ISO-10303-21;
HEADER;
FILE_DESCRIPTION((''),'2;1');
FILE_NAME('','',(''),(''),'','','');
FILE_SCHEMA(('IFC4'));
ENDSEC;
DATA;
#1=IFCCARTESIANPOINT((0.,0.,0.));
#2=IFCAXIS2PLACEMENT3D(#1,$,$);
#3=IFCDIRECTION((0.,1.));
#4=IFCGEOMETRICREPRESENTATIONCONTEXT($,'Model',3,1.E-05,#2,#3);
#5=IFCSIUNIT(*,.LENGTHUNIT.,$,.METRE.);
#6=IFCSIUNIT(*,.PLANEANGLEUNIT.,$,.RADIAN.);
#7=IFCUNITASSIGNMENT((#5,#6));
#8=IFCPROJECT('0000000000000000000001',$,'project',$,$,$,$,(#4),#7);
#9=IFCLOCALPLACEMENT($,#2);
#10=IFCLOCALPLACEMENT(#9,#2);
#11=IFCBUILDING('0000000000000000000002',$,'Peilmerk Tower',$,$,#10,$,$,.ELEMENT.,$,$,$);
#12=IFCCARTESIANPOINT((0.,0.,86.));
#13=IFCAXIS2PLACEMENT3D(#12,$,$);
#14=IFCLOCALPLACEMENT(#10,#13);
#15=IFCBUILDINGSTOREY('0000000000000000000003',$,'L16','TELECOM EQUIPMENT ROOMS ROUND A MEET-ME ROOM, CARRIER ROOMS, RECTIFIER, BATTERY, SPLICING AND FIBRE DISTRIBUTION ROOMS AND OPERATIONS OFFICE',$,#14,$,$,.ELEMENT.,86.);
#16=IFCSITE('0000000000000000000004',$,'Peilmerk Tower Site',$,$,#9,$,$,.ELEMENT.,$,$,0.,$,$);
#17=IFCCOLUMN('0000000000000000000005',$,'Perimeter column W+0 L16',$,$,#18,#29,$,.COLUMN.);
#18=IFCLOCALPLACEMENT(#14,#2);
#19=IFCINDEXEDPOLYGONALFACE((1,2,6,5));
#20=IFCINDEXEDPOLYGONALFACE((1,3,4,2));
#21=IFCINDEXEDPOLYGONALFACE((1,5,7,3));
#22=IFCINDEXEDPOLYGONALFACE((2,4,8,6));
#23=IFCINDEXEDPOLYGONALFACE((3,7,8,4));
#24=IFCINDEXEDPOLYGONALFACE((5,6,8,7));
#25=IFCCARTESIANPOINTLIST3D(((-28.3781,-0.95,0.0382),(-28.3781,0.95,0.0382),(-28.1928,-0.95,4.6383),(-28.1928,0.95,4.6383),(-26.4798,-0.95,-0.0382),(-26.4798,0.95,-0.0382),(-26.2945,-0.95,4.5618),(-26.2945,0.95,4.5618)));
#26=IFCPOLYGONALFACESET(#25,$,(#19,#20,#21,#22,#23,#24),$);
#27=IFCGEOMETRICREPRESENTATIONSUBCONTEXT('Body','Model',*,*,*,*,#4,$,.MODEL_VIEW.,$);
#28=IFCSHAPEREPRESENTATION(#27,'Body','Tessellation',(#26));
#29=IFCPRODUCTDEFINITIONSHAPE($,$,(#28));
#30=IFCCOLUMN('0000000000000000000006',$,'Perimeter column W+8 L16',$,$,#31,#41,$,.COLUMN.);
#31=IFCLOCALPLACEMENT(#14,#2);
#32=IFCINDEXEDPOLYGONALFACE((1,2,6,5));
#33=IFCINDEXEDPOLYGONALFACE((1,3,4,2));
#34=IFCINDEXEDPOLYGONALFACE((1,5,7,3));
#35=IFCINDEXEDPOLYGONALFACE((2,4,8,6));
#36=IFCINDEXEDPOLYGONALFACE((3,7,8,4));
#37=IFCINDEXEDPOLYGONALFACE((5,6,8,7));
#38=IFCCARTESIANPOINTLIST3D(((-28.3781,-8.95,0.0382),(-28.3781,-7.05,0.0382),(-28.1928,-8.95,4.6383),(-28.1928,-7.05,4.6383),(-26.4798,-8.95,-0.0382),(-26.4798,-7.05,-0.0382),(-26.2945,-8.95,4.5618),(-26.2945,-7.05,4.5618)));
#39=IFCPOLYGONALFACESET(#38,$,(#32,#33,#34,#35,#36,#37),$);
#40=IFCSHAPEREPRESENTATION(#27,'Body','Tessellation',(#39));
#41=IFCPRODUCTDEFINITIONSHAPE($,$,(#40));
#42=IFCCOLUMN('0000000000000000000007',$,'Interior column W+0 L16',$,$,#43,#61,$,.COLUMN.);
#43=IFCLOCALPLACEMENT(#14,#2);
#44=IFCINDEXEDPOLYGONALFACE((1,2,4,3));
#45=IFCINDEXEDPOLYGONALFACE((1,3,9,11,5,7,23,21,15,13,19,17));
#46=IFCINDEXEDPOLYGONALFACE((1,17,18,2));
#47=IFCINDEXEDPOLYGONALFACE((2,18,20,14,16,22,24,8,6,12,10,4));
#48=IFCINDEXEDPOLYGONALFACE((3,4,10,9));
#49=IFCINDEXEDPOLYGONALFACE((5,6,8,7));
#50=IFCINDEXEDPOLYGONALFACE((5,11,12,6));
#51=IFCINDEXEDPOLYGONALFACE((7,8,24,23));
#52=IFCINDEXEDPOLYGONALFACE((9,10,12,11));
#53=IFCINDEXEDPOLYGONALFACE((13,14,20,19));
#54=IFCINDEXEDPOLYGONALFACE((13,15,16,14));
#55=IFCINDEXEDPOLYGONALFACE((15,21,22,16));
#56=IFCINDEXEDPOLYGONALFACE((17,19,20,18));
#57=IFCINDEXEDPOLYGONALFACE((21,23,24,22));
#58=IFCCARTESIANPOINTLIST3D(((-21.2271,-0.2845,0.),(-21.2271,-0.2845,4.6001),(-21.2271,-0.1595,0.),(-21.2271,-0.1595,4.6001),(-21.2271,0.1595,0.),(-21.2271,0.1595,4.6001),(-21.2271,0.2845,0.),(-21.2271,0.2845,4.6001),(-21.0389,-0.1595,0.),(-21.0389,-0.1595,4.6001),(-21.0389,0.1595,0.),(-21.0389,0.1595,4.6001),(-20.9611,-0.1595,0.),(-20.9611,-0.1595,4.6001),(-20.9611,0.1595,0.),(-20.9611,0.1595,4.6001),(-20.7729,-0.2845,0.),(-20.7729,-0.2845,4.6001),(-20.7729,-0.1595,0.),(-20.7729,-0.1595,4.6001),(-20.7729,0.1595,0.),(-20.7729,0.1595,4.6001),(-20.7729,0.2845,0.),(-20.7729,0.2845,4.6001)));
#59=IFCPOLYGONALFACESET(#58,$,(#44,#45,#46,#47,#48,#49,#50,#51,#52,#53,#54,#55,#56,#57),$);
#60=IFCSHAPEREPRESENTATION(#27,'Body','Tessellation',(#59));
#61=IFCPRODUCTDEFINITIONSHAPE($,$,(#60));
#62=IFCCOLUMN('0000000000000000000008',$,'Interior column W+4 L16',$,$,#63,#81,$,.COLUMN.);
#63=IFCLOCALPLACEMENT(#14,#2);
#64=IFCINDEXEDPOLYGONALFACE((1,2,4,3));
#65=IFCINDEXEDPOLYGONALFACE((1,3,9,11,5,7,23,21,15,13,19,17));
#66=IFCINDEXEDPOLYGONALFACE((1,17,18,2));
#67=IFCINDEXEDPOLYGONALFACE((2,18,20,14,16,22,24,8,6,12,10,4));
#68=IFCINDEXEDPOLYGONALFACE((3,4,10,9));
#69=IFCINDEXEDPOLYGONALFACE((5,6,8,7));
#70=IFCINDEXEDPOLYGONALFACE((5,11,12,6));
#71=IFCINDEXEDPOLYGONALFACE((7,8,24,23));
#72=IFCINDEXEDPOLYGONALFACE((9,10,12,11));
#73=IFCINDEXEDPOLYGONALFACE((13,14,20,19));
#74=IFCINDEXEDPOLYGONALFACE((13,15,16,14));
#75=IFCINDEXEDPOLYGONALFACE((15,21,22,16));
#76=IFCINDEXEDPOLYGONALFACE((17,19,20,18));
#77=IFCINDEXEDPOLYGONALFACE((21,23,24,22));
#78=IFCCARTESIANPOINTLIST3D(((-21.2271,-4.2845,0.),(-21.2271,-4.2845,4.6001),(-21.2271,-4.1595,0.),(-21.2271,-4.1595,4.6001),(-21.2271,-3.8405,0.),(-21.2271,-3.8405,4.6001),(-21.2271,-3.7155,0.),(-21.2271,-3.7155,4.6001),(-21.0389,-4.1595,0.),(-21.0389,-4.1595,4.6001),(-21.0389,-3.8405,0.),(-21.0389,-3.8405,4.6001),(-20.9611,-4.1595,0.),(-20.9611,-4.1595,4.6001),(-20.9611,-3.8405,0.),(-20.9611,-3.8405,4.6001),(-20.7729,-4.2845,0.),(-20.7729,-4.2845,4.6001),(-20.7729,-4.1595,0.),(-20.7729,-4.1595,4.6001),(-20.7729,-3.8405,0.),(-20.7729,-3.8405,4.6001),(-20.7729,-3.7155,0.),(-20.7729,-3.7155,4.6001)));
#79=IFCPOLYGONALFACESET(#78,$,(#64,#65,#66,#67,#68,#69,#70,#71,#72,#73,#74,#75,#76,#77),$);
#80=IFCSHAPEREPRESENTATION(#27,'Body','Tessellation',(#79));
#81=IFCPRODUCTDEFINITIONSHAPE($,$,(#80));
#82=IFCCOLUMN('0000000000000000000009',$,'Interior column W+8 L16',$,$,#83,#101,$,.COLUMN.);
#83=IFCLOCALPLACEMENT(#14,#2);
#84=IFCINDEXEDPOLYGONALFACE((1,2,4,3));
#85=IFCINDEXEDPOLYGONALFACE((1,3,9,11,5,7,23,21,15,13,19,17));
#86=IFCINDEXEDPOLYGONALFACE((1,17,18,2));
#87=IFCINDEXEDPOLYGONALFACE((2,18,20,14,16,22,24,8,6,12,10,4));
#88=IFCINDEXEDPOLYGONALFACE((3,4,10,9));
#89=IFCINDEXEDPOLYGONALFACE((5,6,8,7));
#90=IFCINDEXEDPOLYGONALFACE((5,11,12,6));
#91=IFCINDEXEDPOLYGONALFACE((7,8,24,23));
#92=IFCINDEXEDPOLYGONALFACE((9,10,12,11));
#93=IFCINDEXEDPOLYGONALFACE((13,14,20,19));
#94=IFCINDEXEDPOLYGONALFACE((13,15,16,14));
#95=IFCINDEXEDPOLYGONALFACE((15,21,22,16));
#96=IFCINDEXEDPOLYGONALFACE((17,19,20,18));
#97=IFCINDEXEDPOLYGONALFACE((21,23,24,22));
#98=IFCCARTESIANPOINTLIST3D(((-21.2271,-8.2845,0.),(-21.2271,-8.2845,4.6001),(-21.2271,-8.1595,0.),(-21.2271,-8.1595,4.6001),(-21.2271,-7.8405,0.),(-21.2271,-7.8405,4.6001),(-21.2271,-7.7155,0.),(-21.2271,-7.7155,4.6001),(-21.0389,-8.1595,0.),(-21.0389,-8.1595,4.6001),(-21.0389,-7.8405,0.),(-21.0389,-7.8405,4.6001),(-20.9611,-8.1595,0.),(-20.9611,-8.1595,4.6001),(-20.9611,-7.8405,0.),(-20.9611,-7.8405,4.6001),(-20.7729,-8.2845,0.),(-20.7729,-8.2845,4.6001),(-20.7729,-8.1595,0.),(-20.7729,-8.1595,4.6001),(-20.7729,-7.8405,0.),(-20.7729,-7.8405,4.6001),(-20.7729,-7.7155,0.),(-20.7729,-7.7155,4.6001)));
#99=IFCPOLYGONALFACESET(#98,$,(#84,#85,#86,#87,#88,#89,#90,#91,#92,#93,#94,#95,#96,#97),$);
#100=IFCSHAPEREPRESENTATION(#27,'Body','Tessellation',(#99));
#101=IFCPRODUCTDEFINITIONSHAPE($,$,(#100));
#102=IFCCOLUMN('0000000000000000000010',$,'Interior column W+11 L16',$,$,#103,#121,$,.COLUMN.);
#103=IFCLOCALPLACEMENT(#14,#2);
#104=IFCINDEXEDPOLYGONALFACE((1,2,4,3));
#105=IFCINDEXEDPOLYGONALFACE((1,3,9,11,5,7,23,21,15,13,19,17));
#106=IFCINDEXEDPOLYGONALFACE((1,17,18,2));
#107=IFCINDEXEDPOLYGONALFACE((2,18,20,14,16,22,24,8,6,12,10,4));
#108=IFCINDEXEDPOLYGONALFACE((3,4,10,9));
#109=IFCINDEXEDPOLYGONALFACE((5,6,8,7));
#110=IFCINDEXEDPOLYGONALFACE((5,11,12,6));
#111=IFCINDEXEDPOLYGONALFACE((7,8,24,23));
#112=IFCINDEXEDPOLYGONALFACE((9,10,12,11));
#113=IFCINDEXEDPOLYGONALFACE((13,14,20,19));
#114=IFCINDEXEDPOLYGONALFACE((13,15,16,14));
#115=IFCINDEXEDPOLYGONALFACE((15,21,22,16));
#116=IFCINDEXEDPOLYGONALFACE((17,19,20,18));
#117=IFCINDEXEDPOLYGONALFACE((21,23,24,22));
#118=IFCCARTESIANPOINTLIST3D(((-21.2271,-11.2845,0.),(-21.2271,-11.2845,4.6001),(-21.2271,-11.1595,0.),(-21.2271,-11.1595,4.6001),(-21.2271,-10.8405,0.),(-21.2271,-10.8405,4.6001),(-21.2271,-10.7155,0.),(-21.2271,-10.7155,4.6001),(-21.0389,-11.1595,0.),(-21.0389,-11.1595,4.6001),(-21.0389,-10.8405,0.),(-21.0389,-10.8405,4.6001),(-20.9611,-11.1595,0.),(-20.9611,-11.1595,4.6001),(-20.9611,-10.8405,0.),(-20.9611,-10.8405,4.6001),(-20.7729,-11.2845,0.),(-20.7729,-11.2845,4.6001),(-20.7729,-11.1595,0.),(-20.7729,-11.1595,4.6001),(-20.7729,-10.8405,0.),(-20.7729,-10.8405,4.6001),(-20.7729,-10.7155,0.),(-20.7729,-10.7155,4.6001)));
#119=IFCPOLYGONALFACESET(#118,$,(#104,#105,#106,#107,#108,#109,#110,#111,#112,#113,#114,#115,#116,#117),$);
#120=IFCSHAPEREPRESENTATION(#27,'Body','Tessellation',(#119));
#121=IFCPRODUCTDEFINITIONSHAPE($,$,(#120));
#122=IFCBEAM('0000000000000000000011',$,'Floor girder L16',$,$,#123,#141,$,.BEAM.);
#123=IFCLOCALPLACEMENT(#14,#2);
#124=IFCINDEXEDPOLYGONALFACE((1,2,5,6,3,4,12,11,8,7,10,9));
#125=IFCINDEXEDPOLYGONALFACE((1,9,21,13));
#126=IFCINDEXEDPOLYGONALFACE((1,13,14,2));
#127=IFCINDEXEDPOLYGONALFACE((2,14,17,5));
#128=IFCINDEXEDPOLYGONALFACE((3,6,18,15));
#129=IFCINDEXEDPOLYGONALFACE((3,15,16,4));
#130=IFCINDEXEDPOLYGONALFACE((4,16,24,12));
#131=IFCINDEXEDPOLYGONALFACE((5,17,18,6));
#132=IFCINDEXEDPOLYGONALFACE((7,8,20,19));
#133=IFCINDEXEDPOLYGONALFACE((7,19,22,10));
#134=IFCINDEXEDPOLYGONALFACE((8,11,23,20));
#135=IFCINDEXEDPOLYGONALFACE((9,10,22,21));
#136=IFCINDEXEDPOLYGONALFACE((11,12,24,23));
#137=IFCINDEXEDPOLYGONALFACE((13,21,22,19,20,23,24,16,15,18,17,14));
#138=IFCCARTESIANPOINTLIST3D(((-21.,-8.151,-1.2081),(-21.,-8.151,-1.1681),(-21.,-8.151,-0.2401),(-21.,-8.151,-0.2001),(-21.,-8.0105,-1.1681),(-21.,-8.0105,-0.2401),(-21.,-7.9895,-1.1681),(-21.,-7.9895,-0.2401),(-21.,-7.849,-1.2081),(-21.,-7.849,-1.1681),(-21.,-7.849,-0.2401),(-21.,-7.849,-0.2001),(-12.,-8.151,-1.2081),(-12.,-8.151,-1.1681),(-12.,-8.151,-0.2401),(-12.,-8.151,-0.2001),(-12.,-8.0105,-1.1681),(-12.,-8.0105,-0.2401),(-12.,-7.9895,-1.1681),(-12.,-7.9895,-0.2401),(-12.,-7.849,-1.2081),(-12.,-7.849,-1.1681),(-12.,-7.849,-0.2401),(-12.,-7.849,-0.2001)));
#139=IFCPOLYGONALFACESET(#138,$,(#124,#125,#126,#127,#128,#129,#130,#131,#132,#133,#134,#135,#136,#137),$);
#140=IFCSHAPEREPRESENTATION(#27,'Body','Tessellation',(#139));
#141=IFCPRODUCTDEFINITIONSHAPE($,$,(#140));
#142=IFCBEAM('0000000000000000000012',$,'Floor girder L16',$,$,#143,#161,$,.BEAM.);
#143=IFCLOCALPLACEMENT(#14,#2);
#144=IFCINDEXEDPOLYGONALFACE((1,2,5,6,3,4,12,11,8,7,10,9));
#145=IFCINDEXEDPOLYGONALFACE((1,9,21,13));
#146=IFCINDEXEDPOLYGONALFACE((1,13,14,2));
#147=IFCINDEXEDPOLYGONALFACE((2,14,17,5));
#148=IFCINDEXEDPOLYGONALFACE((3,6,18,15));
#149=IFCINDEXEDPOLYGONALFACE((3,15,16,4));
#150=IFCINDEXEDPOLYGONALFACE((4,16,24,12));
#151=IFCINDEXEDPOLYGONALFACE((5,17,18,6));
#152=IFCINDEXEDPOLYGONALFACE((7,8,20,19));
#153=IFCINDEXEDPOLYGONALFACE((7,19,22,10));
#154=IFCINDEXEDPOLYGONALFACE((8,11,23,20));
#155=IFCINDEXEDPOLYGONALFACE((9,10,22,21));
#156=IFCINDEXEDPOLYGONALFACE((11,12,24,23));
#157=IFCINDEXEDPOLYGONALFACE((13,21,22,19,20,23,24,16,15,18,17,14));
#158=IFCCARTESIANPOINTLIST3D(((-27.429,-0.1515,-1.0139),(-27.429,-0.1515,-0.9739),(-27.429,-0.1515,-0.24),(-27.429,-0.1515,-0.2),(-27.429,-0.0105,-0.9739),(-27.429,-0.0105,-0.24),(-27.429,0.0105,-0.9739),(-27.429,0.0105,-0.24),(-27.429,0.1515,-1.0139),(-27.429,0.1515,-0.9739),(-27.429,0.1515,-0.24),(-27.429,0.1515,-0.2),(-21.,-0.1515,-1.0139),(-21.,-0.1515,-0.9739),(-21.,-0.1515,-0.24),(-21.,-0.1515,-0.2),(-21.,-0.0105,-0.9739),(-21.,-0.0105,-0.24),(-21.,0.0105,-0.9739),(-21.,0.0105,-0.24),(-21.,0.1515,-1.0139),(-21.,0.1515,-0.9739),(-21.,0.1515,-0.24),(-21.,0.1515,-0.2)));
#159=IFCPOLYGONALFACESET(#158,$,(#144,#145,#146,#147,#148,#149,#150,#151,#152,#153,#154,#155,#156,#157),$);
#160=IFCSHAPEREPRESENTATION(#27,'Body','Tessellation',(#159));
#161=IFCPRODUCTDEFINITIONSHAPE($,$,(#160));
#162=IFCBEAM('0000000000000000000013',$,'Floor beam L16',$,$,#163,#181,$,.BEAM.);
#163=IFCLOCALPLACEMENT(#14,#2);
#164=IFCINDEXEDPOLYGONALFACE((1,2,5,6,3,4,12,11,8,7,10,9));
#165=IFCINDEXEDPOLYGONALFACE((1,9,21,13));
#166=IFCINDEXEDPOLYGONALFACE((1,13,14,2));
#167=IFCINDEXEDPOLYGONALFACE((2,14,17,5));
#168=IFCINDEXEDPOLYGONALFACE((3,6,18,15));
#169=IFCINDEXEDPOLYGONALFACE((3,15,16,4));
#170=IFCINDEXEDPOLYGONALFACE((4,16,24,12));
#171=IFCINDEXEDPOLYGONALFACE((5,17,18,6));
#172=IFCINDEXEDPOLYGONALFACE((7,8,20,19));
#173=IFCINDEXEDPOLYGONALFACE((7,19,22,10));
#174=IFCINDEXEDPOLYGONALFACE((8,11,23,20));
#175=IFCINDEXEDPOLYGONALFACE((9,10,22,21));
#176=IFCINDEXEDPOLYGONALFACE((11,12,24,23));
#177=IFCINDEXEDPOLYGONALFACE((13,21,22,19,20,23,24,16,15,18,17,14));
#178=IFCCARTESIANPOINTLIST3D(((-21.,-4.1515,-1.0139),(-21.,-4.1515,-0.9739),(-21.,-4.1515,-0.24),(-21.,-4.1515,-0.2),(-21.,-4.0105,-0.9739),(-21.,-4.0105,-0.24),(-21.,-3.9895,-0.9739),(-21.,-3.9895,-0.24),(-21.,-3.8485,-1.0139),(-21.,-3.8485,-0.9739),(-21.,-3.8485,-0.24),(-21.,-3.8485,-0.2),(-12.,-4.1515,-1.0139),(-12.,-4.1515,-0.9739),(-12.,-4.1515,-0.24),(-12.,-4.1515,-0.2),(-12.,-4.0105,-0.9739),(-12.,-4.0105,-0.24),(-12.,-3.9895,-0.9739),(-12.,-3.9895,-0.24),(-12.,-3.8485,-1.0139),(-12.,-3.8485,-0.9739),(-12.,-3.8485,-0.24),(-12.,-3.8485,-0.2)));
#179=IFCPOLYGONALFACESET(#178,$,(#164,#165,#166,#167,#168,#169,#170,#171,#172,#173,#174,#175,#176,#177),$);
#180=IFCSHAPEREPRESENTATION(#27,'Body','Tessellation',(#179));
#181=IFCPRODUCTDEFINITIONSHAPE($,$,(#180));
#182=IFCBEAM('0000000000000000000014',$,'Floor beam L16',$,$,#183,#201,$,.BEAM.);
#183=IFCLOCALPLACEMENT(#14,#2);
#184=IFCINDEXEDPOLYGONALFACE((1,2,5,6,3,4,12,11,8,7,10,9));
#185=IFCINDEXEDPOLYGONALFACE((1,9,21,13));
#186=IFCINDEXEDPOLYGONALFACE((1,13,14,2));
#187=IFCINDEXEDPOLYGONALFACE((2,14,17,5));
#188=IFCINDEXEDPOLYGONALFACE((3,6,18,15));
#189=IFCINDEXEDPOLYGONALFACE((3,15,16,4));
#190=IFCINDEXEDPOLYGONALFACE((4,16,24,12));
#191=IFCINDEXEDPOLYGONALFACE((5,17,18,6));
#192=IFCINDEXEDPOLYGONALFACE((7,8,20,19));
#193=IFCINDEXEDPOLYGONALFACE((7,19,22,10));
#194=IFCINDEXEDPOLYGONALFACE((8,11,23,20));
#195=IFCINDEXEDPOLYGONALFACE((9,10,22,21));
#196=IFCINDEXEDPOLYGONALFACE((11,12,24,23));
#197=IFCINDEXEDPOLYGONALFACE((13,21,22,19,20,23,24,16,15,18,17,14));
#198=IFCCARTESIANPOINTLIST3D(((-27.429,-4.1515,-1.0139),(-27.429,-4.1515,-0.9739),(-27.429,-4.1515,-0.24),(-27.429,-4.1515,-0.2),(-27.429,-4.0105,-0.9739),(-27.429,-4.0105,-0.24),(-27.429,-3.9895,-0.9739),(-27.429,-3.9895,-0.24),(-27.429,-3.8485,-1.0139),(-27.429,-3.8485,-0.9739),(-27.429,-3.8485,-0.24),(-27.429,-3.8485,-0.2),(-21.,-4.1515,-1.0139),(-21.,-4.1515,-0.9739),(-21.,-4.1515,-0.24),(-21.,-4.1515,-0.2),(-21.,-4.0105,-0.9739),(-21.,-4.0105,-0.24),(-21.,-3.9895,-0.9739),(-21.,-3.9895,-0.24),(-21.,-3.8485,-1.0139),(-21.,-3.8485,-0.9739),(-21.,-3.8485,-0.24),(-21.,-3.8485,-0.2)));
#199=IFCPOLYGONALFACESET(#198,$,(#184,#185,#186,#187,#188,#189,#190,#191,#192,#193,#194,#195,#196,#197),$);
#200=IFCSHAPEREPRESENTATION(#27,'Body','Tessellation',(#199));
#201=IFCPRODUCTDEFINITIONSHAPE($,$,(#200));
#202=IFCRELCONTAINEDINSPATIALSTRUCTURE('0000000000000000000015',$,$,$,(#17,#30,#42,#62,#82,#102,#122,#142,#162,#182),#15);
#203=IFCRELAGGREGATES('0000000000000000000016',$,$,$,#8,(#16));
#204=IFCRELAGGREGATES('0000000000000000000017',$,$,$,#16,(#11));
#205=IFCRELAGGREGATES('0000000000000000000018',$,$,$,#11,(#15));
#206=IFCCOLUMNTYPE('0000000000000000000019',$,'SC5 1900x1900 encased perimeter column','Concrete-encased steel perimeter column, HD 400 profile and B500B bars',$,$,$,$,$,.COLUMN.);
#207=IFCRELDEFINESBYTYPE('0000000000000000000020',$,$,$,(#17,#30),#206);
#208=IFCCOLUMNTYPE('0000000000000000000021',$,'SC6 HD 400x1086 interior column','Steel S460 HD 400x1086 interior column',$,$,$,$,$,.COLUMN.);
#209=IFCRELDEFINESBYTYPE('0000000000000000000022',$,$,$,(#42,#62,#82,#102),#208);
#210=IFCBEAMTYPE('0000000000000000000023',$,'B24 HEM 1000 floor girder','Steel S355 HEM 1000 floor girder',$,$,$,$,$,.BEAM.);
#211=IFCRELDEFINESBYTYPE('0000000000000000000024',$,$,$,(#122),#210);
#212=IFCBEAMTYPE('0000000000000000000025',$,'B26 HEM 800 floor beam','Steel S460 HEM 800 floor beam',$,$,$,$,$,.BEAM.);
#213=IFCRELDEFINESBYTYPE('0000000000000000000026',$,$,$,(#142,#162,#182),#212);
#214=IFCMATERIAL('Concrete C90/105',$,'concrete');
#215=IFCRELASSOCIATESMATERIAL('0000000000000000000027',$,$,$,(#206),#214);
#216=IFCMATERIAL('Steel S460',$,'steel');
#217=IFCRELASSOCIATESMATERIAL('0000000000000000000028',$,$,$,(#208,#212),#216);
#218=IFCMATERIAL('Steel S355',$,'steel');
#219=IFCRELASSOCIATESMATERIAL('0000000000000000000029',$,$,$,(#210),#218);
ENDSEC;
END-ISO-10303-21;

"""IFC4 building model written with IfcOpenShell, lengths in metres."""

from ifc_helpers import new_model, si_unit, direction, frame, origin, origin_2d, place, context, subcontext, project, spatial, rectangle, i_section, extrude, material, material_profile, profile_set, type_object, element, save


model = new_model("IFC4")

# Units and contexts
model_context = context("Model", 3, precision=1e-05, world=origin(), true_north=direction((0.0, 1.0)))
body_context = subcontext(model_context, "Body", "Model", "MODEL_VIEW")
ifc_project = project(units=[si_unit("LENGTHUNIT", "METRE"), si_unit("PLANEANGLEUNIT", "RADIAN")], contexts=[model_context])

# Site, building, storey
site_placement = place(None, origin())
site = spatial("IfcSite", under=ifc_project, at=site_placement, Name="Peilmerk Tower Site", CompositionType="ELEMENT", RefElevation=0.0)
building_placement = place(site_placement, origin())
building = spatial("IfcBuilding", under=site, at=building_placement, Name="Peilmerk Tower", CompositionType="ELEMENT")
storey_placement = place(building_placement, frame((0.0, 0.0, 86.0)))
storey = spatial("IfcBuildingStorey", under=building, at=storey_placement, Name="L16", Description="TELECOM EQUIPMENT ROOMS ROUND A MEET-ME ROOM, CARRIER ROOMS, RECTIFIER, BATTERY, SPLICING AND FIBRE DISTRIBUTION ROOMS AND OPERATIONS OFFICE", CompositionType="ELEMENT", Elevation=86.0)

# Columns
ifc_material_1 = material(Name="Concrete C90/105", Category="concrete")
ifc_material_profile_1 = material_profile(ifc_material_1, rectangle(XDim=1.8999, YDim=1.8999, at=origin_2d()), Name="RC 1900x1900")
ifc_profile_set_1 = profile_set([ifc_material_profile_1], Name="Concrete C90/105")
column_type_1 = type_object("IfcColumnType", Name="SC5 1900x1900 encased perimeter column", Description="Concrete-encased steel perimeter column, HD 400 profile and B500B bars", PredefinedType="COLUMN", material=ifc_profile_set_1)
for number, where, z_axis, x_axis, name in (
    (1, (-27.429, 0.0, 0.0), (0.04025, 0.0, 0.99919), (0.0, 1.0, 0.0), "Perimeter column W+0 L16"),
    (2, (-27.429, -8.0, 0.0), (0.04025, 0.0, 0.99919), (0.0, 1.0, 0.0), "Perimeter column W+8 L16"),
):
    element("IfcColumn", number, at=place(storey_placement, frame(where, z_axis=z_axis, x_axis=x_axis)), inside=storey, type_object=column_type_1, Name=name, PredefinedType="COLUMN", context=body_context, shape_type="SweptSolid", body=[
        extrude(rectangle(XDim=1.8999, YDim=1.8999, at=origin_2d()), origin(), (0.0, 0.0, 1.0), 4.6038),
    ])
ifc_material_2 = material(Name="Steel S460", Category="steel")
ifc_material_profile_2 = material_profile(ifc_material_2, i_section(OverallWidth=0.4541, OverallDepth=0.5691, WebThickness=0.0779, FlangeThickness=0.125, at=origin_2d()), Name="HD 400x1086")
ifc_profile_set_2 = profile_set([ifc_material_profile_2], Name="Steel S460")
column_type_2 = type_object("IfcColumnType", Name="SC6 HD 400x1086 interior column", Description="Steel S460 HD 400x1086 interior column", PredefinedType="COLUMN", material=ifc_profile_set_2)
for number, where, z_axis, x_axis, name in (
    (3, (-21.0, 0.0, 0.0), (0.0, 0.0, 1.0), (1.0, 0.0, 0.0), "Interior column W+0 L16"),
    (4, (-21.0, -4.0, 0.0), (0.0, 0.0, 1.0), (1.0, 0.0, 0.0), "Interior column W+4 L16"),
    (5, (-21.0, -8.0, 0.0), (0.0, 0.0, 1.0), (1.0, 0.0, 0.0), "Interior column W+8 L16"),
    (6, (-21.0, -11.0, 0.0), (0.0, 0.0, 1.0), (1.0, 0.0, 0.0), "Interior column W+11 L16"),
):
    element("IfcColumn", number, at=place(storey_placement, frame(where, z_axis=z_axis, x_axis=x_axis)), inside=storey, type_object=column_type_2, Name=name, PredefinedType="COLUMN", context=body_context, shape_type="SweptSolid", body=[
        extrude(i_section(OverallWidth=0.4541, OverallDepth=0.5691, WebThickness=0.0779, FlangeThickness=0.125, at=origin_2d()), origin(), (0.0, 0.0, 1.0), 4.6001),
    ])

# Beams
ifc_material_3 = material(Name="Steel S355", Category="steel")
ifc_material_profile_3 = material_profile(ifc_material_3, i_section(OverallWidth=0.302, OverallDepth=1.0081, WebThickness=0.021, FlangeThickness=0.04, at=origin_2d()), Name="HEM 1000")
ifc_profile_set_3 = profile_set([ifc_material_profile_3], Name="Steel S355")
beam_type_1 = type_object("IfcBeamType", Name="B24 HEM 1000 floor girder", Description="Steel S355 HEM 1000 floor girder", PredefinedType="BEAM", material=ifc_profile_set_3)
beam_1_placement = place(storey_placement, frame((-12.0, -8.0, -0.7041), z_axis=(-1.0, 0.0, 0.0), x_axis=(0.0, -1.0, 0.0)))
element("IfcBeam", 7, at=beam_1_placement, inside=storey, type_object=beam_type_1, Name="Floor girder L16", PredefinedType="BEAM", context=body_context, shape_type="SweptSolid", body=[
    extrude(i_section(OverallWidth=0.302, OverallDepth=1.0081, WebThickness=0.021, FlangeThickness=0.04, at=origin_2d()), origin(), (0.0, 0.0, 1.0), 9.0),
])
ifc_material_profile_4 = material_profile(ifc_material_2, i_section(OverallWidth=0.303, OverallDepth=0.814, WebThickness=0.021, FlangeThickness=0.04, at=origin_2d()), Name="HEM 800")
ifc_profile_set_4 = profile_set([ifc_material_profile_4], Name="Steel S460")
beam_type_2 = type_object("IfcBeamType", Name="B26 HEM 800 floor beam", Description="Steel S460 HEM 800 floor beam", PredefinedType="BEAM", material=ifc_profile_set_4)
beam_2_placement = place(storey_placement, frame((-21.0, 0.0, -0.6069), z_axis=(-1.0, 0.0, 0.0), x_axis=(0.0, -1.0, 0.0)))
element("IfcBeam", 8, at=beam_2_placement, inside=storey, type_object=beam_type_2, Name="Floor girder L16", PredefinedType="BEAM", context=body_context, shape_type="SweptSolid", body=[
    extrude(i_section(OverallWidth=0.303, OverallDepth=0.814, WebThickness=0.021, FlangeThickness=0.04, at=origin_2d()), origin(), (0.0, 0.0, 1.0), 6.429),
])
beam_3_placement = place(storey_placement, frame((-12.0, -4.0, -0.6069), z_axis=(-1.0, 0.0, 0.0), x_axis=(0.0, -1.0, 0.0)))
element("IfcBeam", 9, at=beam_3_placement, inside=storey, type_object=beam_type_2, Name="Floor beam L16", PredefinedType="BEAM", context=body_context, shape_type="SweptSolid", body=[
    extrude(i_section(OverallWidth=0.303, OverallDepth=0.814, WebThickness=0.021, FlangeThickness=0.04, at=origin_2d()), origin(), (0.0, 0.0, 1.0), 9.0),
])
for number, where, z_axis, x_axis, name in (
    (10, (-21.0, -4.0, -0.6069), (-1.0, 0.0, 0.0), (0.0, -1.0, 0.0), "Floor beam L16"),
):
    element("IfcBeam", number, at=place(storey_placement, frame(where, z_axis=z_axis, x_axis=x_axis)), inside=storey, type_object=beam_type_2, Name=name, PredefinedType="BEAM", context=body_context, shape_type="SweptSolid", body=[
        extrude(i_section(OverallWidth=0.303, OverallDepth=0.814, WebThickness=0.021, FlangeThickness=0.04, at=origin_2d()), origin(), (0.0, 0.0, 1.0), 6.429),
    ])

save(model, "model.ifc")
